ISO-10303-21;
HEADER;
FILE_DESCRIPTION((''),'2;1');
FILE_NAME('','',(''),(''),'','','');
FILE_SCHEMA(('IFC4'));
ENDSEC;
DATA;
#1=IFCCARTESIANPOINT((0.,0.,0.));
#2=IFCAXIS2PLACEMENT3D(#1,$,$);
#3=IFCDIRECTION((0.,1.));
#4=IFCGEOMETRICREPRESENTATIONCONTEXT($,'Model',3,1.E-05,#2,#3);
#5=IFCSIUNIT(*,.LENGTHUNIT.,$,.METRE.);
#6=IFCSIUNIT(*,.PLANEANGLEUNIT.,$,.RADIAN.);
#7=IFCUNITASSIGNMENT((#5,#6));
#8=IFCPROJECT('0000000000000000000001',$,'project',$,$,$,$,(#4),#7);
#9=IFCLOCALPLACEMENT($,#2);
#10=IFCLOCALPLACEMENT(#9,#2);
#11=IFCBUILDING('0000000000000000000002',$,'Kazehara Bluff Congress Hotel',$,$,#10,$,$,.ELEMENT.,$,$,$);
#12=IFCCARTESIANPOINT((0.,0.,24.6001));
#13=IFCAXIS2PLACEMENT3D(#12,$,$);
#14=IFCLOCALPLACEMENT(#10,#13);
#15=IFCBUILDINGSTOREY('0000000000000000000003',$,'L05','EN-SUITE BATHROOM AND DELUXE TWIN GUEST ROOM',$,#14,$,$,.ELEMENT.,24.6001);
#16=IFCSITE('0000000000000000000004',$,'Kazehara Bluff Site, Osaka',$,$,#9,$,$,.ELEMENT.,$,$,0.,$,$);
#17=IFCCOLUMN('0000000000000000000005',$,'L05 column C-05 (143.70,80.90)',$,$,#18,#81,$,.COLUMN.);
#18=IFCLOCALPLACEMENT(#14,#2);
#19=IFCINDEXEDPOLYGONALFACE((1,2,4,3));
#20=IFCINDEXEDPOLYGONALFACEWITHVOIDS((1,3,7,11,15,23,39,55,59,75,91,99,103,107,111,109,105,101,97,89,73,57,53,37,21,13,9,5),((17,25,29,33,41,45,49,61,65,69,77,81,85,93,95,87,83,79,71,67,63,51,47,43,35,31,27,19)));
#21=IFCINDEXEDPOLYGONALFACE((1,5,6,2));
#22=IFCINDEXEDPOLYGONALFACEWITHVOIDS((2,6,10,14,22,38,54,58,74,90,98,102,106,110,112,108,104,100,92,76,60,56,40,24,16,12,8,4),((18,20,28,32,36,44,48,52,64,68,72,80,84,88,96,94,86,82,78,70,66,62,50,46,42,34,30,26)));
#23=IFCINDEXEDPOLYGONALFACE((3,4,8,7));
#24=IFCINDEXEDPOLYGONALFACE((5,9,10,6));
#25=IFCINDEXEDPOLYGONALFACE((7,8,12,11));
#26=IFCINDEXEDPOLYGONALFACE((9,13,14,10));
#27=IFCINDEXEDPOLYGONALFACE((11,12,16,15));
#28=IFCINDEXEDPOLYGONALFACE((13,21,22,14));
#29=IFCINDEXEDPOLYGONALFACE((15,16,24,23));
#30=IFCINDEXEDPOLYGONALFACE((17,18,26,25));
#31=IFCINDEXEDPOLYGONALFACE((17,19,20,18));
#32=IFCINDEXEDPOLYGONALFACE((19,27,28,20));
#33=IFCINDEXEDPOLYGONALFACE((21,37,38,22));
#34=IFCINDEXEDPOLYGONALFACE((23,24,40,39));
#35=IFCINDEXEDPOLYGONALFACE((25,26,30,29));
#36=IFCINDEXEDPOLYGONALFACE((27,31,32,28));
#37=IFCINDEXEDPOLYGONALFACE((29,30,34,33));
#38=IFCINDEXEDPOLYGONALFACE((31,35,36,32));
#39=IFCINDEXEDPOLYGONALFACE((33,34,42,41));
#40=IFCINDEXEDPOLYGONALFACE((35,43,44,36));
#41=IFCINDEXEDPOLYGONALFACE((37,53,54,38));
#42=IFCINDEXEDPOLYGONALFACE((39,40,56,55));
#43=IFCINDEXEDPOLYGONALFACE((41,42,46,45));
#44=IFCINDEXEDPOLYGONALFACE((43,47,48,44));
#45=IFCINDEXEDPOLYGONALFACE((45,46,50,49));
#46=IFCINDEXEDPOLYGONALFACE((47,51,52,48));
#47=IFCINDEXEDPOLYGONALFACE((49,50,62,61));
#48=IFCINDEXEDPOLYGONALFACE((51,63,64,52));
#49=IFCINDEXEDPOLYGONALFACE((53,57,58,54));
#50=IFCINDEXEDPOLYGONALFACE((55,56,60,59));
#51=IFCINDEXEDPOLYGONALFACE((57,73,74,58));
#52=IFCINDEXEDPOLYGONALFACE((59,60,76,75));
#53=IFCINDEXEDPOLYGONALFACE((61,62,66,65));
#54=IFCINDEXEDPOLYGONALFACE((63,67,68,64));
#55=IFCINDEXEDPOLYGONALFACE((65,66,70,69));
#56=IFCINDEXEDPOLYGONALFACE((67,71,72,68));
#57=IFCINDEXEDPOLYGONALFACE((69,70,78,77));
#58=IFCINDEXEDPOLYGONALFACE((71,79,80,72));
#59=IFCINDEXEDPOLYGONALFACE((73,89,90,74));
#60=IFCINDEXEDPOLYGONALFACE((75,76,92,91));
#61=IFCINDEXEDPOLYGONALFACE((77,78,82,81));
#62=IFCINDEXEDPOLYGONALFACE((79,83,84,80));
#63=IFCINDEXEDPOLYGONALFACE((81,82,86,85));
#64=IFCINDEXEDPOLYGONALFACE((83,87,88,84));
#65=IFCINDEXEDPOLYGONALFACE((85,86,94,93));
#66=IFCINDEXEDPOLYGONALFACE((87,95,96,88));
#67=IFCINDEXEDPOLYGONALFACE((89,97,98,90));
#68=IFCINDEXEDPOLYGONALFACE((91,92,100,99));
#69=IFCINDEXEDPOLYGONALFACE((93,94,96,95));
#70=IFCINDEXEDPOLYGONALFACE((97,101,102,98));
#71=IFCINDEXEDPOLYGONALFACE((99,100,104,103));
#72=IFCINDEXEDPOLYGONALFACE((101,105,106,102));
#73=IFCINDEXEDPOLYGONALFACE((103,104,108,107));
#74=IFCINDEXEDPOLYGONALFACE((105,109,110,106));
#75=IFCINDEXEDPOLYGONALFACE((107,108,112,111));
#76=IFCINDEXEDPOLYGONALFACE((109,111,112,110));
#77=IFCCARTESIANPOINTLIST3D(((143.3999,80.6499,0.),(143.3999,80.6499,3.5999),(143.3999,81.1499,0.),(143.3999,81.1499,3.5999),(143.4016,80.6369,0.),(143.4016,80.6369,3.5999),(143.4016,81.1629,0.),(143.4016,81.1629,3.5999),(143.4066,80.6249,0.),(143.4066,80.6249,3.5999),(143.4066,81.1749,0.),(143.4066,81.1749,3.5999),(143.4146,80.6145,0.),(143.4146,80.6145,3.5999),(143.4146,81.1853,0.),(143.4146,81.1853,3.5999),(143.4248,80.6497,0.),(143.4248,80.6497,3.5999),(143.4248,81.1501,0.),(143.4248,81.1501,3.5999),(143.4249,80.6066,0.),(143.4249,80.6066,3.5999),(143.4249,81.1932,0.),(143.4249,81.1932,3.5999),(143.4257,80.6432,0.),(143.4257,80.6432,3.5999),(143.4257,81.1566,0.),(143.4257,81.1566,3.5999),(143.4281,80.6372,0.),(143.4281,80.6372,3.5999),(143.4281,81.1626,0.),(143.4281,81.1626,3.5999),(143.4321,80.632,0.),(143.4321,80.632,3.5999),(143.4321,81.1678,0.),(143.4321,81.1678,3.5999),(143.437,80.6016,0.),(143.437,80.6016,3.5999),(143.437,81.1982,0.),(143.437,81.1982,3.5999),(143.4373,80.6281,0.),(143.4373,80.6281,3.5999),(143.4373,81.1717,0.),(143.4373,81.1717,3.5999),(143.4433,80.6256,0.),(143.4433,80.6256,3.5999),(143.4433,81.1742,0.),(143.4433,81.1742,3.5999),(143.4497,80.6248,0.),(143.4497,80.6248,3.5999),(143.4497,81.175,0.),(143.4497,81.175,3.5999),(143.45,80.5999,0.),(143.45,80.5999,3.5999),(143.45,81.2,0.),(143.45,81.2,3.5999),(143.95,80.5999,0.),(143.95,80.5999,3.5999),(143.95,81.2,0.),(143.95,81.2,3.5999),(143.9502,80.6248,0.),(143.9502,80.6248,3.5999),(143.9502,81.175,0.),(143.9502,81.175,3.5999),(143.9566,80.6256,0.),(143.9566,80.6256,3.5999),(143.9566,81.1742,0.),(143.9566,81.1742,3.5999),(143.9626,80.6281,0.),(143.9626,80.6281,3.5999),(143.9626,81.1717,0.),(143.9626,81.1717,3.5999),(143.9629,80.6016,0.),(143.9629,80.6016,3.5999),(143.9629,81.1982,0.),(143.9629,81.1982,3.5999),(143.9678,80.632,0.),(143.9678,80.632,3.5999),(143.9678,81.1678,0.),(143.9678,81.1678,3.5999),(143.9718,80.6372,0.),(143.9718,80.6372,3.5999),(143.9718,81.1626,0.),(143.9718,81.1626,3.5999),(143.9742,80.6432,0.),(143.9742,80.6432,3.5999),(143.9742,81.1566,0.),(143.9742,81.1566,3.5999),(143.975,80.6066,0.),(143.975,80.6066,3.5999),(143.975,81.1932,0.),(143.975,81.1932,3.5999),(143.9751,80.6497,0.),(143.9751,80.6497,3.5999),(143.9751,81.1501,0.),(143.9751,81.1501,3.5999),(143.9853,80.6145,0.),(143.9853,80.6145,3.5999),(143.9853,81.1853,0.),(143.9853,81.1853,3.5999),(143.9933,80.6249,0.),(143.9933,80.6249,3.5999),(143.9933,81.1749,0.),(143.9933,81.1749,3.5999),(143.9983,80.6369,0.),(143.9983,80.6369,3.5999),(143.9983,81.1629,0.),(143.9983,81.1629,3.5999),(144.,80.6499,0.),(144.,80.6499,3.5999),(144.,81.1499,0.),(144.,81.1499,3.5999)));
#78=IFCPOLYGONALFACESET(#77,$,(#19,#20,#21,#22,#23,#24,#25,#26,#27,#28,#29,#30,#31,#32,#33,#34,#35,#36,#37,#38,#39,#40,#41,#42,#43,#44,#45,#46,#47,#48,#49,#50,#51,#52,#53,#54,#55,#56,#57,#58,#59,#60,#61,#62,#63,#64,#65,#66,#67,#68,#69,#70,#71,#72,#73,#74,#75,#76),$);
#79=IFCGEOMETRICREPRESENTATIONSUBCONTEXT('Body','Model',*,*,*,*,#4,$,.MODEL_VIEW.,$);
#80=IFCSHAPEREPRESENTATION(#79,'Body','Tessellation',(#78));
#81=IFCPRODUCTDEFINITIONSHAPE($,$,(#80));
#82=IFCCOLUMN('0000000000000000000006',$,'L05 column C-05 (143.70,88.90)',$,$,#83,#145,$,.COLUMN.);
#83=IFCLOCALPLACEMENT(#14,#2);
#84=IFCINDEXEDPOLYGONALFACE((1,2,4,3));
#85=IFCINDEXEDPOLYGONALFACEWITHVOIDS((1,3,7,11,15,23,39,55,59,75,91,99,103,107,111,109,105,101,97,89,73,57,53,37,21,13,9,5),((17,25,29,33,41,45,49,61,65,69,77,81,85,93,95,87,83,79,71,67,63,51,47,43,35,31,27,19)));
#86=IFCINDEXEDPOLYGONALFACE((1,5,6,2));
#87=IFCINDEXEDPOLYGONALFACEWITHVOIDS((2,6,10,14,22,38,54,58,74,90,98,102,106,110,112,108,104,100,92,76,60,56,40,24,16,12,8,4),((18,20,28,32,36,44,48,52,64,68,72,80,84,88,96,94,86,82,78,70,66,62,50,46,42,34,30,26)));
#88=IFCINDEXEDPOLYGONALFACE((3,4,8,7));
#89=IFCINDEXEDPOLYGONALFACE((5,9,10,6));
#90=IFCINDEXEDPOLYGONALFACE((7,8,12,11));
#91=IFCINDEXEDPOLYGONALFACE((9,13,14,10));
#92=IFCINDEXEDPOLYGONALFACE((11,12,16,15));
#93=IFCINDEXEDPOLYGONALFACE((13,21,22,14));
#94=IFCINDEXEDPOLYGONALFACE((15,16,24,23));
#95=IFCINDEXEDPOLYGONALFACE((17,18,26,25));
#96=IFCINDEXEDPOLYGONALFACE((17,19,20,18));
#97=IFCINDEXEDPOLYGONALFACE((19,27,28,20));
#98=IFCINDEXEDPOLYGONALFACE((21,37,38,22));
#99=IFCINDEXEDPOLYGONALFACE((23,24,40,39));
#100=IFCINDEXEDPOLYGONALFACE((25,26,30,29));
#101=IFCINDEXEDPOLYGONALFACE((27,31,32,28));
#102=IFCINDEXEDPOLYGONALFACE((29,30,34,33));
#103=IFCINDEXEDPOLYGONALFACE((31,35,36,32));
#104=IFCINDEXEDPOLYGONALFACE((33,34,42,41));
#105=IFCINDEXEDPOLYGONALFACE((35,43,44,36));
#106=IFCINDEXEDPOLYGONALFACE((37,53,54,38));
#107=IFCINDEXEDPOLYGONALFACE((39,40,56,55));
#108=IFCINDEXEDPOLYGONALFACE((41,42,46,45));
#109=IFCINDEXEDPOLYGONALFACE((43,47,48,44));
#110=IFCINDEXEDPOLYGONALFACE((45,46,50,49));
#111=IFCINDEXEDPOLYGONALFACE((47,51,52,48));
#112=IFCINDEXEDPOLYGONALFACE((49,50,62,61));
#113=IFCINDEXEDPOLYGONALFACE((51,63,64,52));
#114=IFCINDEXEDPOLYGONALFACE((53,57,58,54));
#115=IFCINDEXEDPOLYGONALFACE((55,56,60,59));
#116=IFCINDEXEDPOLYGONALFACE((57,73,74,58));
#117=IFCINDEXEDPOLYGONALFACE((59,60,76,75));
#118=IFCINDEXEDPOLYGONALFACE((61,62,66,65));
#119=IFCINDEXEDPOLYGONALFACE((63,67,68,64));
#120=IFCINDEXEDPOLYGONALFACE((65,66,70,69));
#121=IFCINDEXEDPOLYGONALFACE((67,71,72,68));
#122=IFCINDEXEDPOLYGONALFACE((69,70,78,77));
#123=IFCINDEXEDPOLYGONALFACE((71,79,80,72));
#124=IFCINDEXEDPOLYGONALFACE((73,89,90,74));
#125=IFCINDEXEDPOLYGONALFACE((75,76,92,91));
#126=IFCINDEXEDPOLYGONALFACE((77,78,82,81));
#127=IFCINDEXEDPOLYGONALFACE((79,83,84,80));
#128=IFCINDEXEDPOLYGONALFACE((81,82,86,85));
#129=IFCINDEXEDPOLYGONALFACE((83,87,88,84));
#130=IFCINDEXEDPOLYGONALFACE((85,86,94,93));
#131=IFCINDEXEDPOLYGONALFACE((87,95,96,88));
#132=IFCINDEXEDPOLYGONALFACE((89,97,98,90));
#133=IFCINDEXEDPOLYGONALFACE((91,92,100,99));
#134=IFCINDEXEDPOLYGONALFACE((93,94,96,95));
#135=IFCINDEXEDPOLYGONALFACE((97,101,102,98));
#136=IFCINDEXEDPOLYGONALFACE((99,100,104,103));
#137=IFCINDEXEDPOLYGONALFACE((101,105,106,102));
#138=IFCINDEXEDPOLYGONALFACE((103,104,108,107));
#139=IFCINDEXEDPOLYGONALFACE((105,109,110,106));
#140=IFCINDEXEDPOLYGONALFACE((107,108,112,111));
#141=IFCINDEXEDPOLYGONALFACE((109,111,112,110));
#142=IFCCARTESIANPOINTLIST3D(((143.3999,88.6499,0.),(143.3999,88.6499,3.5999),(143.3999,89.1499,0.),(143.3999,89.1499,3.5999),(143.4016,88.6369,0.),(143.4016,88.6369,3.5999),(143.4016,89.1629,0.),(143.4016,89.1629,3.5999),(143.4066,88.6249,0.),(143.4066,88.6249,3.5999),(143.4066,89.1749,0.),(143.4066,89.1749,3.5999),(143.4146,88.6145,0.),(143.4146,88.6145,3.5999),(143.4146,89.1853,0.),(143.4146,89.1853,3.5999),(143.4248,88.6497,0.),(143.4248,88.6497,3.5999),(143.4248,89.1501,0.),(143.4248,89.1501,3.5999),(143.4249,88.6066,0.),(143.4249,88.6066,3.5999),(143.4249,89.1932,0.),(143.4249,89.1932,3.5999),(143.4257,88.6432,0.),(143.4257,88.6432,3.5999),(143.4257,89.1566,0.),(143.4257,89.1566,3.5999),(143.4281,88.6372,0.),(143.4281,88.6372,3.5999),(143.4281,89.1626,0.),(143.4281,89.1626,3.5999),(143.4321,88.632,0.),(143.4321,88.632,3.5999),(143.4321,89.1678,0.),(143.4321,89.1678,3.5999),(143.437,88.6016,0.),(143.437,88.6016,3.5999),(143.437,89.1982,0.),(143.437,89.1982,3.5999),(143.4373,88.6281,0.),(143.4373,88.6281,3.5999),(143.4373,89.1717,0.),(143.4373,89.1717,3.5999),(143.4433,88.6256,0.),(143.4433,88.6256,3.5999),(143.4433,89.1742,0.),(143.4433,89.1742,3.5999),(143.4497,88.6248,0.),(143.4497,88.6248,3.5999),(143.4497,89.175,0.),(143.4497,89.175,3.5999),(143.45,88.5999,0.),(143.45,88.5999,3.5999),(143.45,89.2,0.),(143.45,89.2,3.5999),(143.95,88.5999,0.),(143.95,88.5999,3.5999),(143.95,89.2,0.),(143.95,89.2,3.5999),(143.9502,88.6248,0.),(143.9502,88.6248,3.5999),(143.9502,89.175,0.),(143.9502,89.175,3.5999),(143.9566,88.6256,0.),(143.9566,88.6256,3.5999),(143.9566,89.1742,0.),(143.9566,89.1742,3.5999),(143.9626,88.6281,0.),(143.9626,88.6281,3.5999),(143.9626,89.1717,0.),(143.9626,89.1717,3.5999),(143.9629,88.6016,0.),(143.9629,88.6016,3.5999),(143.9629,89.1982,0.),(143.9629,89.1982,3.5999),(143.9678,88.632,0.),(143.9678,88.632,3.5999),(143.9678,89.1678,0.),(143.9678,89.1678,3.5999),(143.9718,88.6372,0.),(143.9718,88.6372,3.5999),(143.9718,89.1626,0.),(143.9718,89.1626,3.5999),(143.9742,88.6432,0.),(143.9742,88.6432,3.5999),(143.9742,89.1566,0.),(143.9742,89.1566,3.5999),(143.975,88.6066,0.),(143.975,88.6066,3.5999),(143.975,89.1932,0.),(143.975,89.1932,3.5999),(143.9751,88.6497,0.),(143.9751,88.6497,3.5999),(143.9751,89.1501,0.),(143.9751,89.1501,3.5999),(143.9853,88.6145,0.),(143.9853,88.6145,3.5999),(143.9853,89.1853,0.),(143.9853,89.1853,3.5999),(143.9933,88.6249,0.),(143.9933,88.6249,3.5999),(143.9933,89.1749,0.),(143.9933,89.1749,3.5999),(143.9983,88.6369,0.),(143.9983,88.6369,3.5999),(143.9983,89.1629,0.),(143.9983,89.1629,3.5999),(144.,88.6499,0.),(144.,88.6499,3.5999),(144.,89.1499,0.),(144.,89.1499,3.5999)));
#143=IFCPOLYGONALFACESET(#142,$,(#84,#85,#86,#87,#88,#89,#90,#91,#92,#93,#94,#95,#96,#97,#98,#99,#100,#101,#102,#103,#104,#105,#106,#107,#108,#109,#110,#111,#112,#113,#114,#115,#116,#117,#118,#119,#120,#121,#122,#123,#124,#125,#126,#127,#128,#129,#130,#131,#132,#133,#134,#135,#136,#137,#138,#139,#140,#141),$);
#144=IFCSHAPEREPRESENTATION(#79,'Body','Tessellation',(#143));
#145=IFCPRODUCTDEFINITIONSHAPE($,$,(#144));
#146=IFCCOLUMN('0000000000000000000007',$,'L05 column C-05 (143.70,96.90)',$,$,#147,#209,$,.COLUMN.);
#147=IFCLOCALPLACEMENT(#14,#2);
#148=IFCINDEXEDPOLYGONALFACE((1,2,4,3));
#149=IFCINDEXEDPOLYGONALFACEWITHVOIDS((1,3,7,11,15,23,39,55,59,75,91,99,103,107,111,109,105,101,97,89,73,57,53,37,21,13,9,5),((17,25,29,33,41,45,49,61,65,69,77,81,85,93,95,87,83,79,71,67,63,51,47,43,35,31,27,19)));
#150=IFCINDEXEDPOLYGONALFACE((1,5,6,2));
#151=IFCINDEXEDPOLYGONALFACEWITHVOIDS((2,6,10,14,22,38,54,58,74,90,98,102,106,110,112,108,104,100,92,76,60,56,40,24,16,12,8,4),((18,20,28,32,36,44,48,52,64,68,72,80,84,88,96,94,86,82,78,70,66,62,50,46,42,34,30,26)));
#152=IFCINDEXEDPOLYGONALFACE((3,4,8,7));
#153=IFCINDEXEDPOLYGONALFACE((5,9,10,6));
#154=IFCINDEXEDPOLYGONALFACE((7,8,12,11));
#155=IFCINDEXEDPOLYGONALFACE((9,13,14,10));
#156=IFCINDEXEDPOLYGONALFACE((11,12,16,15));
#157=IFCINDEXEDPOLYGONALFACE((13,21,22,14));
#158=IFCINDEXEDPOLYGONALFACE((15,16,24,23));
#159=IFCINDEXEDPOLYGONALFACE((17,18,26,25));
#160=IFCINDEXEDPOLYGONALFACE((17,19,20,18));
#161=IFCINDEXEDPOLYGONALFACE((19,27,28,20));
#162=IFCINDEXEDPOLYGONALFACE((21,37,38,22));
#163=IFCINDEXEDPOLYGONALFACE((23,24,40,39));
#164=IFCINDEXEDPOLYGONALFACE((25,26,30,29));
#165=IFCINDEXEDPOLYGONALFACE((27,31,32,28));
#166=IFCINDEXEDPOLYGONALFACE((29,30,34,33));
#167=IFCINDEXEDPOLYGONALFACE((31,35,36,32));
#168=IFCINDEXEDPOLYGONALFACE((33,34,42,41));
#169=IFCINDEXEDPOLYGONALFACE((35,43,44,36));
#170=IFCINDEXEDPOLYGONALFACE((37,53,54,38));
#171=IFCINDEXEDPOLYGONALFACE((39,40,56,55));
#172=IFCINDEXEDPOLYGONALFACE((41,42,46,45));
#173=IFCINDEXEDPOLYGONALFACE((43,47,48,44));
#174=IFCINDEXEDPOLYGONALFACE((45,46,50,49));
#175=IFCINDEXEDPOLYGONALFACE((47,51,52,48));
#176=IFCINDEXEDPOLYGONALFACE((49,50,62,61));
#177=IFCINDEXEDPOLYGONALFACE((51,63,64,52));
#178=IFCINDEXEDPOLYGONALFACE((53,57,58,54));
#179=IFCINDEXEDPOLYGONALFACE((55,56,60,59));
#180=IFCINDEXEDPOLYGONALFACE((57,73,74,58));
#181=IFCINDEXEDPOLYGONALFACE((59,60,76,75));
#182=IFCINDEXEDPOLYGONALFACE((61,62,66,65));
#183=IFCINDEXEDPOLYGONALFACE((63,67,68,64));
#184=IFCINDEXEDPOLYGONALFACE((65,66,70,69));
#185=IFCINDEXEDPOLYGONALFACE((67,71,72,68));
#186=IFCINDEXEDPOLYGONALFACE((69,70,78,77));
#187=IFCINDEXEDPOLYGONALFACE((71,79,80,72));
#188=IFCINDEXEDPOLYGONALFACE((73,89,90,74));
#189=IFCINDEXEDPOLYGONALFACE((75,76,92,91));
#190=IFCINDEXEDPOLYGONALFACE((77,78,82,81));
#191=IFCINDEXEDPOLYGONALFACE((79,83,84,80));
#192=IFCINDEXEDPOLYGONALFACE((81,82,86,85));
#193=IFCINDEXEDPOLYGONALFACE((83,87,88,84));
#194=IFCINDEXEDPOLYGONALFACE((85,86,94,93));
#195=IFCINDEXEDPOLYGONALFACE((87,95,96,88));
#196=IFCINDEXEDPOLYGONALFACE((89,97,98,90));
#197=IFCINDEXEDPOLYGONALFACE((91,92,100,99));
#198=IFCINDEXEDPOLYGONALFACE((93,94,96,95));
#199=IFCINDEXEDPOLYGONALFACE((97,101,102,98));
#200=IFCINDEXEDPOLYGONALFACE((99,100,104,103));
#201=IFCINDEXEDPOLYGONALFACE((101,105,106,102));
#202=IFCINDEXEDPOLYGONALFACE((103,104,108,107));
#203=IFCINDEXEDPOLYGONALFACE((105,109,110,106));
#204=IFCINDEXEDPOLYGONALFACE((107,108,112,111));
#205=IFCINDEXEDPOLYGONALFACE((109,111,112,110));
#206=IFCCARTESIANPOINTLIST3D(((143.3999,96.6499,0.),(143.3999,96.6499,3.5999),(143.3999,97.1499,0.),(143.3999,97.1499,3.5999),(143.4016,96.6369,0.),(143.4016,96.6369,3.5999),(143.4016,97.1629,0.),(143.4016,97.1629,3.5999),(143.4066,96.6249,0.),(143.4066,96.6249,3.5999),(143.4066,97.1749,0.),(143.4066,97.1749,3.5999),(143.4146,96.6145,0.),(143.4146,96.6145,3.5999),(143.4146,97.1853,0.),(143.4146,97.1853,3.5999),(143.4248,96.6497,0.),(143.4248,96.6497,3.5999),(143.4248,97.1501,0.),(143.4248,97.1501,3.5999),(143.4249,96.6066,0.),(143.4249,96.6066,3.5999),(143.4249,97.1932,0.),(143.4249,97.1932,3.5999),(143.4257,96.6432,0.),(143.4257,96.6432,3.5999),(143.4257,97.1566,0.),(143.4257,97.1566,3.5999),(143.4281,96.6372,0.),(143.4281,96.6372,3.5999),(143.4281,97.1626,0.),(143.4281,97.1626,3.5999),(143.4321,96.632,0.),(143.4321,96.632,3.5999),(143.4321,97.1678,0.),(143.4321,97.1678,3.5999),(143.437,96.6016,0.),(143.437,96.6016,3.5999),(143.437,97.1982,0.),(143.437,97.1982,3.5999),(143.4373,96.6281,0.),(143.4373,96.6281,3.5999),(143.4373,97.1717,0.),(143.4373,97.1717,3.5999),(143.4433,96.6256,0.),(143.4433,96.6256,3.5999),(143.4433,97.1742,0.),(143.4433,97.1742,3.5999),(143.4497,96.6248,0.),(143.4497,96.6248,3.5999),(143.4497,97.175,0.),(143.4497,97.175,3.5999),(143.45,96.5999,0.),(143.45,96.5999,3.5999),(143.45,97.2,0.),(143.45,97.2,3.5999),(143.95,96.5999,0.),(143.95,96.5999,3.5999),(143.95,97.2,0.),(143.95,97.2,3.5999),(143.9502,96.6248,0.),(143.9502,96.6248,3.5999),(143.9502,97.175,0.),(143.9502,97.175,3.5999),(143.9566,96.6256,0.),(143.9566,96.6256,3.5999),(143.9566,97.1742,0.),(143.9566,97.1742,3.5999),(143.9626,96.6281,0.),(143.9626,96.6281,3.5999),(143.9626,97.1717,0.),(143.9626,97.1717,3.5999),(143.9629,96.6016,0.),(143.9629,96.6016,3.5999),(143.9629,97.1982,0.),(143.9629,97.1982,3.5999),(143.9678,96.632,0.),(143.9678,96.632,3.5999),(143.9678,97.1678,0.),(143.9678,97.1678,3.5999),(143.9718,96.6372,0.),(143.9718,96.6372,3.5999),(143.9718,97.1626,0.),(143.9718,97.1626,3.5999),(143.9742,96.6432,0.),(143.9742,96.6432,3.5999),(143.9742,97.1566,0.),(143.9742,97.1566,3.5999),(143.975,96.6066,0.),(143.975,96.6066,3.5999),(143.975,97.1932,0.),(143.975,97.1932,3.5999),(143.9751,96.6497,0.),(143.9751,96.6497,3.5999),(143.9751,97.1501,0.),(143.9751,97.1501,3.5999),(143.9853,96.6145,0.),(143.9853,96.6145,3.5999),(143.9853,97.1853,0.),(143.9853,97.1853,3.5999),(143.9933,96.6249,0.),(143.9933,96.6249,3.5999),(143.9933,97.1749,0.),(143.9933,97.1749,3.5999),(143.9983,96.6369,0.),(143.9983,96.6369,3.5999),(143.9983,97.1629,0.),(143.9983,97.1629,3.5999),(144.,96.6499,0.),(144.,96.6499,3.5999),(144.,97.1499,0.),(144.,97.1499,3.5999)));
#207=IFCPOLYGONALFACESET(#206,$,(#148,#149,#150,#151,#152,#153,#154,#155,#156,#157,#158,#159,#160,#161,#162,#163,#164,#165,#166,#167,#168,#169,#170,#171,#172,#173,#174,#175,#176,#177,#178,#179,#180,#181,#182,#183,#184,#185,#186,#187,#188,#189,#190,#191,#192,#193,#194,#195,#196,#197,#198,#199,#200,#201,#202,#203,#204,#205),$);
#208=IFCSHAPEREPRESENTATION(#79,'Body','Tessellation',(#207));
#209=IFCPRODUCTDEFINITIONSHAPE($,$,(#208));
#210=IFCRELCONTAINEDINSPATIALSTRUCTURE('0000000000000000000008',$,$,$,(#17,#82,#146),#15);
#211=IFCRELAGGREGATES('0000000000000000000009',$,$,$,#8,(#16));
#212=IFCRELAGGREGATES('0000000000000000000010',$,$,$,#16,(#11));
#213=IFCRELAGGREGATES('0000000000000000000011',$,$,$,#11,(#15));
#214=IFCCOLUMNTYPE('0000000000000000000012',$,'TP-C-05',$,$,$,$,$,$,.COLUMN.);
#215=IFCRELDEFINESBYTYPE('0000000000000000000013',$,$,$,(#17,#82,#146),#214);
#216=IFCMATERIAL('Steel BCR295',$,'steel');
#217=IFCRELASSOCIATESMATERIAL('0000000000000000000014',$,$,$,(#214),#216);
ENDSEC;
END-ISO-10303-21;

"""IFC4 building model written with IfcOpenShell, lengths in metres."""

from ifc_helpers import new_model, si_unit, direction, frame, origin, origin_2d, place, context, subcontext, project, spatial, hollow_rectangle, extrude, material, material_profile, profile_set, type_object, element, save


model = new_model("IFC4")

# Units and contexts
model_context = context("Model", 3, precision=1e-05, world=origin(), true_north=direction((0.0, 1.0)))
body_context = subcontext(model_context, "Body", "Model", "MODEL_VIEW")
ifc_project = project(units=[si_unit("LENGTHUNIT", "METRE"), si_unit("PLANEANGLEUNIT", "RADIAN")], contexts=[model_context])

# Site, building, storey
site_placement = place(None, origin())
site = spatial("IfcSite", under=ifc_project, at=site_placement, Name="Kazehara Bluff Site, Osaka", CompositionType="ELEMENT", RefElevation=0.0)
building_placement = place(site_placement, origin())
building = spatial("IfcBuilding", under=site, at=building_placement, Name="Kazehara Bluff Congress Hotel", CompositionType="ELEMENT")
storey_placement = place(building_placement, frame((0.0, 0.0, 24.6001)))
storey = spatial("IfcBuildingStorey", under=building, at=storey_placement, Name="L05", Description="EN-SUITE BATHROOM AND DELUXE TWIN GUEST ROOM", CompositionType="ELEMENT", Elevation=24.6001)

# Columns
ifc_material_1 = material(Name="Steel BCR295", Category="steel")
ifc_material_profile_1 = material_profile(ifc_material_1, hollow_rectangle(XDim=0.6001, YDim=0.6001, WallThickness=0.0249, InnerFilletRadius=0.0249, OuterFilletRadius=0.05, at=origin_2d()))
ifc_profile_set_1 = profile_set([ifc_material_profile_1], Name="Steel BCR295")
column_type = type_object("IfcColumnType", Name="TP-C-05", PredefinedType="COLUMN", material=ifc_profile_set_1)
for number, where, z_axis, x_axis, name in (
    (1, (143.7, 80.8999, 0.0), (0.0, 0.0, 1.0), (1.0, 0.0, 0.0), "L05 column C-05 (143.70,80.90)"),
    (2, (143.7, 88.8999, 0.0), (0.0, 0.0, 1.0), (1.0, 0.0, 0.0), "L05 column C-05 (143.70,88.90)"),
    (3, (143.7, 96.8999, 0.0), (0.0, 0.0, 1.0), (1.0, 0.0, 0.0), "L05 column C-05 (143.70,96.90)"),
):
    element("IfcColumn", number, at=place(storey_placement, frame(where, z_axis=z_axis, x_axis=x_axis)), inside=storey, type_object=column_type, Name=name, PredefinedType="COLUMN", context=body_context, shape_type="SweptSolid", body=[
        extrude(hollow_rectangle(XDim=0.6001, YDim=0.6001, WallThickness=0.0249, InnerFilletRadius=0.0249, OuterFilletRadius=0.05, at=origin_2d()), origin(), (0.0, 0.0, 1.0), 3.5999),
    ])

save(model, "model.ifc")
